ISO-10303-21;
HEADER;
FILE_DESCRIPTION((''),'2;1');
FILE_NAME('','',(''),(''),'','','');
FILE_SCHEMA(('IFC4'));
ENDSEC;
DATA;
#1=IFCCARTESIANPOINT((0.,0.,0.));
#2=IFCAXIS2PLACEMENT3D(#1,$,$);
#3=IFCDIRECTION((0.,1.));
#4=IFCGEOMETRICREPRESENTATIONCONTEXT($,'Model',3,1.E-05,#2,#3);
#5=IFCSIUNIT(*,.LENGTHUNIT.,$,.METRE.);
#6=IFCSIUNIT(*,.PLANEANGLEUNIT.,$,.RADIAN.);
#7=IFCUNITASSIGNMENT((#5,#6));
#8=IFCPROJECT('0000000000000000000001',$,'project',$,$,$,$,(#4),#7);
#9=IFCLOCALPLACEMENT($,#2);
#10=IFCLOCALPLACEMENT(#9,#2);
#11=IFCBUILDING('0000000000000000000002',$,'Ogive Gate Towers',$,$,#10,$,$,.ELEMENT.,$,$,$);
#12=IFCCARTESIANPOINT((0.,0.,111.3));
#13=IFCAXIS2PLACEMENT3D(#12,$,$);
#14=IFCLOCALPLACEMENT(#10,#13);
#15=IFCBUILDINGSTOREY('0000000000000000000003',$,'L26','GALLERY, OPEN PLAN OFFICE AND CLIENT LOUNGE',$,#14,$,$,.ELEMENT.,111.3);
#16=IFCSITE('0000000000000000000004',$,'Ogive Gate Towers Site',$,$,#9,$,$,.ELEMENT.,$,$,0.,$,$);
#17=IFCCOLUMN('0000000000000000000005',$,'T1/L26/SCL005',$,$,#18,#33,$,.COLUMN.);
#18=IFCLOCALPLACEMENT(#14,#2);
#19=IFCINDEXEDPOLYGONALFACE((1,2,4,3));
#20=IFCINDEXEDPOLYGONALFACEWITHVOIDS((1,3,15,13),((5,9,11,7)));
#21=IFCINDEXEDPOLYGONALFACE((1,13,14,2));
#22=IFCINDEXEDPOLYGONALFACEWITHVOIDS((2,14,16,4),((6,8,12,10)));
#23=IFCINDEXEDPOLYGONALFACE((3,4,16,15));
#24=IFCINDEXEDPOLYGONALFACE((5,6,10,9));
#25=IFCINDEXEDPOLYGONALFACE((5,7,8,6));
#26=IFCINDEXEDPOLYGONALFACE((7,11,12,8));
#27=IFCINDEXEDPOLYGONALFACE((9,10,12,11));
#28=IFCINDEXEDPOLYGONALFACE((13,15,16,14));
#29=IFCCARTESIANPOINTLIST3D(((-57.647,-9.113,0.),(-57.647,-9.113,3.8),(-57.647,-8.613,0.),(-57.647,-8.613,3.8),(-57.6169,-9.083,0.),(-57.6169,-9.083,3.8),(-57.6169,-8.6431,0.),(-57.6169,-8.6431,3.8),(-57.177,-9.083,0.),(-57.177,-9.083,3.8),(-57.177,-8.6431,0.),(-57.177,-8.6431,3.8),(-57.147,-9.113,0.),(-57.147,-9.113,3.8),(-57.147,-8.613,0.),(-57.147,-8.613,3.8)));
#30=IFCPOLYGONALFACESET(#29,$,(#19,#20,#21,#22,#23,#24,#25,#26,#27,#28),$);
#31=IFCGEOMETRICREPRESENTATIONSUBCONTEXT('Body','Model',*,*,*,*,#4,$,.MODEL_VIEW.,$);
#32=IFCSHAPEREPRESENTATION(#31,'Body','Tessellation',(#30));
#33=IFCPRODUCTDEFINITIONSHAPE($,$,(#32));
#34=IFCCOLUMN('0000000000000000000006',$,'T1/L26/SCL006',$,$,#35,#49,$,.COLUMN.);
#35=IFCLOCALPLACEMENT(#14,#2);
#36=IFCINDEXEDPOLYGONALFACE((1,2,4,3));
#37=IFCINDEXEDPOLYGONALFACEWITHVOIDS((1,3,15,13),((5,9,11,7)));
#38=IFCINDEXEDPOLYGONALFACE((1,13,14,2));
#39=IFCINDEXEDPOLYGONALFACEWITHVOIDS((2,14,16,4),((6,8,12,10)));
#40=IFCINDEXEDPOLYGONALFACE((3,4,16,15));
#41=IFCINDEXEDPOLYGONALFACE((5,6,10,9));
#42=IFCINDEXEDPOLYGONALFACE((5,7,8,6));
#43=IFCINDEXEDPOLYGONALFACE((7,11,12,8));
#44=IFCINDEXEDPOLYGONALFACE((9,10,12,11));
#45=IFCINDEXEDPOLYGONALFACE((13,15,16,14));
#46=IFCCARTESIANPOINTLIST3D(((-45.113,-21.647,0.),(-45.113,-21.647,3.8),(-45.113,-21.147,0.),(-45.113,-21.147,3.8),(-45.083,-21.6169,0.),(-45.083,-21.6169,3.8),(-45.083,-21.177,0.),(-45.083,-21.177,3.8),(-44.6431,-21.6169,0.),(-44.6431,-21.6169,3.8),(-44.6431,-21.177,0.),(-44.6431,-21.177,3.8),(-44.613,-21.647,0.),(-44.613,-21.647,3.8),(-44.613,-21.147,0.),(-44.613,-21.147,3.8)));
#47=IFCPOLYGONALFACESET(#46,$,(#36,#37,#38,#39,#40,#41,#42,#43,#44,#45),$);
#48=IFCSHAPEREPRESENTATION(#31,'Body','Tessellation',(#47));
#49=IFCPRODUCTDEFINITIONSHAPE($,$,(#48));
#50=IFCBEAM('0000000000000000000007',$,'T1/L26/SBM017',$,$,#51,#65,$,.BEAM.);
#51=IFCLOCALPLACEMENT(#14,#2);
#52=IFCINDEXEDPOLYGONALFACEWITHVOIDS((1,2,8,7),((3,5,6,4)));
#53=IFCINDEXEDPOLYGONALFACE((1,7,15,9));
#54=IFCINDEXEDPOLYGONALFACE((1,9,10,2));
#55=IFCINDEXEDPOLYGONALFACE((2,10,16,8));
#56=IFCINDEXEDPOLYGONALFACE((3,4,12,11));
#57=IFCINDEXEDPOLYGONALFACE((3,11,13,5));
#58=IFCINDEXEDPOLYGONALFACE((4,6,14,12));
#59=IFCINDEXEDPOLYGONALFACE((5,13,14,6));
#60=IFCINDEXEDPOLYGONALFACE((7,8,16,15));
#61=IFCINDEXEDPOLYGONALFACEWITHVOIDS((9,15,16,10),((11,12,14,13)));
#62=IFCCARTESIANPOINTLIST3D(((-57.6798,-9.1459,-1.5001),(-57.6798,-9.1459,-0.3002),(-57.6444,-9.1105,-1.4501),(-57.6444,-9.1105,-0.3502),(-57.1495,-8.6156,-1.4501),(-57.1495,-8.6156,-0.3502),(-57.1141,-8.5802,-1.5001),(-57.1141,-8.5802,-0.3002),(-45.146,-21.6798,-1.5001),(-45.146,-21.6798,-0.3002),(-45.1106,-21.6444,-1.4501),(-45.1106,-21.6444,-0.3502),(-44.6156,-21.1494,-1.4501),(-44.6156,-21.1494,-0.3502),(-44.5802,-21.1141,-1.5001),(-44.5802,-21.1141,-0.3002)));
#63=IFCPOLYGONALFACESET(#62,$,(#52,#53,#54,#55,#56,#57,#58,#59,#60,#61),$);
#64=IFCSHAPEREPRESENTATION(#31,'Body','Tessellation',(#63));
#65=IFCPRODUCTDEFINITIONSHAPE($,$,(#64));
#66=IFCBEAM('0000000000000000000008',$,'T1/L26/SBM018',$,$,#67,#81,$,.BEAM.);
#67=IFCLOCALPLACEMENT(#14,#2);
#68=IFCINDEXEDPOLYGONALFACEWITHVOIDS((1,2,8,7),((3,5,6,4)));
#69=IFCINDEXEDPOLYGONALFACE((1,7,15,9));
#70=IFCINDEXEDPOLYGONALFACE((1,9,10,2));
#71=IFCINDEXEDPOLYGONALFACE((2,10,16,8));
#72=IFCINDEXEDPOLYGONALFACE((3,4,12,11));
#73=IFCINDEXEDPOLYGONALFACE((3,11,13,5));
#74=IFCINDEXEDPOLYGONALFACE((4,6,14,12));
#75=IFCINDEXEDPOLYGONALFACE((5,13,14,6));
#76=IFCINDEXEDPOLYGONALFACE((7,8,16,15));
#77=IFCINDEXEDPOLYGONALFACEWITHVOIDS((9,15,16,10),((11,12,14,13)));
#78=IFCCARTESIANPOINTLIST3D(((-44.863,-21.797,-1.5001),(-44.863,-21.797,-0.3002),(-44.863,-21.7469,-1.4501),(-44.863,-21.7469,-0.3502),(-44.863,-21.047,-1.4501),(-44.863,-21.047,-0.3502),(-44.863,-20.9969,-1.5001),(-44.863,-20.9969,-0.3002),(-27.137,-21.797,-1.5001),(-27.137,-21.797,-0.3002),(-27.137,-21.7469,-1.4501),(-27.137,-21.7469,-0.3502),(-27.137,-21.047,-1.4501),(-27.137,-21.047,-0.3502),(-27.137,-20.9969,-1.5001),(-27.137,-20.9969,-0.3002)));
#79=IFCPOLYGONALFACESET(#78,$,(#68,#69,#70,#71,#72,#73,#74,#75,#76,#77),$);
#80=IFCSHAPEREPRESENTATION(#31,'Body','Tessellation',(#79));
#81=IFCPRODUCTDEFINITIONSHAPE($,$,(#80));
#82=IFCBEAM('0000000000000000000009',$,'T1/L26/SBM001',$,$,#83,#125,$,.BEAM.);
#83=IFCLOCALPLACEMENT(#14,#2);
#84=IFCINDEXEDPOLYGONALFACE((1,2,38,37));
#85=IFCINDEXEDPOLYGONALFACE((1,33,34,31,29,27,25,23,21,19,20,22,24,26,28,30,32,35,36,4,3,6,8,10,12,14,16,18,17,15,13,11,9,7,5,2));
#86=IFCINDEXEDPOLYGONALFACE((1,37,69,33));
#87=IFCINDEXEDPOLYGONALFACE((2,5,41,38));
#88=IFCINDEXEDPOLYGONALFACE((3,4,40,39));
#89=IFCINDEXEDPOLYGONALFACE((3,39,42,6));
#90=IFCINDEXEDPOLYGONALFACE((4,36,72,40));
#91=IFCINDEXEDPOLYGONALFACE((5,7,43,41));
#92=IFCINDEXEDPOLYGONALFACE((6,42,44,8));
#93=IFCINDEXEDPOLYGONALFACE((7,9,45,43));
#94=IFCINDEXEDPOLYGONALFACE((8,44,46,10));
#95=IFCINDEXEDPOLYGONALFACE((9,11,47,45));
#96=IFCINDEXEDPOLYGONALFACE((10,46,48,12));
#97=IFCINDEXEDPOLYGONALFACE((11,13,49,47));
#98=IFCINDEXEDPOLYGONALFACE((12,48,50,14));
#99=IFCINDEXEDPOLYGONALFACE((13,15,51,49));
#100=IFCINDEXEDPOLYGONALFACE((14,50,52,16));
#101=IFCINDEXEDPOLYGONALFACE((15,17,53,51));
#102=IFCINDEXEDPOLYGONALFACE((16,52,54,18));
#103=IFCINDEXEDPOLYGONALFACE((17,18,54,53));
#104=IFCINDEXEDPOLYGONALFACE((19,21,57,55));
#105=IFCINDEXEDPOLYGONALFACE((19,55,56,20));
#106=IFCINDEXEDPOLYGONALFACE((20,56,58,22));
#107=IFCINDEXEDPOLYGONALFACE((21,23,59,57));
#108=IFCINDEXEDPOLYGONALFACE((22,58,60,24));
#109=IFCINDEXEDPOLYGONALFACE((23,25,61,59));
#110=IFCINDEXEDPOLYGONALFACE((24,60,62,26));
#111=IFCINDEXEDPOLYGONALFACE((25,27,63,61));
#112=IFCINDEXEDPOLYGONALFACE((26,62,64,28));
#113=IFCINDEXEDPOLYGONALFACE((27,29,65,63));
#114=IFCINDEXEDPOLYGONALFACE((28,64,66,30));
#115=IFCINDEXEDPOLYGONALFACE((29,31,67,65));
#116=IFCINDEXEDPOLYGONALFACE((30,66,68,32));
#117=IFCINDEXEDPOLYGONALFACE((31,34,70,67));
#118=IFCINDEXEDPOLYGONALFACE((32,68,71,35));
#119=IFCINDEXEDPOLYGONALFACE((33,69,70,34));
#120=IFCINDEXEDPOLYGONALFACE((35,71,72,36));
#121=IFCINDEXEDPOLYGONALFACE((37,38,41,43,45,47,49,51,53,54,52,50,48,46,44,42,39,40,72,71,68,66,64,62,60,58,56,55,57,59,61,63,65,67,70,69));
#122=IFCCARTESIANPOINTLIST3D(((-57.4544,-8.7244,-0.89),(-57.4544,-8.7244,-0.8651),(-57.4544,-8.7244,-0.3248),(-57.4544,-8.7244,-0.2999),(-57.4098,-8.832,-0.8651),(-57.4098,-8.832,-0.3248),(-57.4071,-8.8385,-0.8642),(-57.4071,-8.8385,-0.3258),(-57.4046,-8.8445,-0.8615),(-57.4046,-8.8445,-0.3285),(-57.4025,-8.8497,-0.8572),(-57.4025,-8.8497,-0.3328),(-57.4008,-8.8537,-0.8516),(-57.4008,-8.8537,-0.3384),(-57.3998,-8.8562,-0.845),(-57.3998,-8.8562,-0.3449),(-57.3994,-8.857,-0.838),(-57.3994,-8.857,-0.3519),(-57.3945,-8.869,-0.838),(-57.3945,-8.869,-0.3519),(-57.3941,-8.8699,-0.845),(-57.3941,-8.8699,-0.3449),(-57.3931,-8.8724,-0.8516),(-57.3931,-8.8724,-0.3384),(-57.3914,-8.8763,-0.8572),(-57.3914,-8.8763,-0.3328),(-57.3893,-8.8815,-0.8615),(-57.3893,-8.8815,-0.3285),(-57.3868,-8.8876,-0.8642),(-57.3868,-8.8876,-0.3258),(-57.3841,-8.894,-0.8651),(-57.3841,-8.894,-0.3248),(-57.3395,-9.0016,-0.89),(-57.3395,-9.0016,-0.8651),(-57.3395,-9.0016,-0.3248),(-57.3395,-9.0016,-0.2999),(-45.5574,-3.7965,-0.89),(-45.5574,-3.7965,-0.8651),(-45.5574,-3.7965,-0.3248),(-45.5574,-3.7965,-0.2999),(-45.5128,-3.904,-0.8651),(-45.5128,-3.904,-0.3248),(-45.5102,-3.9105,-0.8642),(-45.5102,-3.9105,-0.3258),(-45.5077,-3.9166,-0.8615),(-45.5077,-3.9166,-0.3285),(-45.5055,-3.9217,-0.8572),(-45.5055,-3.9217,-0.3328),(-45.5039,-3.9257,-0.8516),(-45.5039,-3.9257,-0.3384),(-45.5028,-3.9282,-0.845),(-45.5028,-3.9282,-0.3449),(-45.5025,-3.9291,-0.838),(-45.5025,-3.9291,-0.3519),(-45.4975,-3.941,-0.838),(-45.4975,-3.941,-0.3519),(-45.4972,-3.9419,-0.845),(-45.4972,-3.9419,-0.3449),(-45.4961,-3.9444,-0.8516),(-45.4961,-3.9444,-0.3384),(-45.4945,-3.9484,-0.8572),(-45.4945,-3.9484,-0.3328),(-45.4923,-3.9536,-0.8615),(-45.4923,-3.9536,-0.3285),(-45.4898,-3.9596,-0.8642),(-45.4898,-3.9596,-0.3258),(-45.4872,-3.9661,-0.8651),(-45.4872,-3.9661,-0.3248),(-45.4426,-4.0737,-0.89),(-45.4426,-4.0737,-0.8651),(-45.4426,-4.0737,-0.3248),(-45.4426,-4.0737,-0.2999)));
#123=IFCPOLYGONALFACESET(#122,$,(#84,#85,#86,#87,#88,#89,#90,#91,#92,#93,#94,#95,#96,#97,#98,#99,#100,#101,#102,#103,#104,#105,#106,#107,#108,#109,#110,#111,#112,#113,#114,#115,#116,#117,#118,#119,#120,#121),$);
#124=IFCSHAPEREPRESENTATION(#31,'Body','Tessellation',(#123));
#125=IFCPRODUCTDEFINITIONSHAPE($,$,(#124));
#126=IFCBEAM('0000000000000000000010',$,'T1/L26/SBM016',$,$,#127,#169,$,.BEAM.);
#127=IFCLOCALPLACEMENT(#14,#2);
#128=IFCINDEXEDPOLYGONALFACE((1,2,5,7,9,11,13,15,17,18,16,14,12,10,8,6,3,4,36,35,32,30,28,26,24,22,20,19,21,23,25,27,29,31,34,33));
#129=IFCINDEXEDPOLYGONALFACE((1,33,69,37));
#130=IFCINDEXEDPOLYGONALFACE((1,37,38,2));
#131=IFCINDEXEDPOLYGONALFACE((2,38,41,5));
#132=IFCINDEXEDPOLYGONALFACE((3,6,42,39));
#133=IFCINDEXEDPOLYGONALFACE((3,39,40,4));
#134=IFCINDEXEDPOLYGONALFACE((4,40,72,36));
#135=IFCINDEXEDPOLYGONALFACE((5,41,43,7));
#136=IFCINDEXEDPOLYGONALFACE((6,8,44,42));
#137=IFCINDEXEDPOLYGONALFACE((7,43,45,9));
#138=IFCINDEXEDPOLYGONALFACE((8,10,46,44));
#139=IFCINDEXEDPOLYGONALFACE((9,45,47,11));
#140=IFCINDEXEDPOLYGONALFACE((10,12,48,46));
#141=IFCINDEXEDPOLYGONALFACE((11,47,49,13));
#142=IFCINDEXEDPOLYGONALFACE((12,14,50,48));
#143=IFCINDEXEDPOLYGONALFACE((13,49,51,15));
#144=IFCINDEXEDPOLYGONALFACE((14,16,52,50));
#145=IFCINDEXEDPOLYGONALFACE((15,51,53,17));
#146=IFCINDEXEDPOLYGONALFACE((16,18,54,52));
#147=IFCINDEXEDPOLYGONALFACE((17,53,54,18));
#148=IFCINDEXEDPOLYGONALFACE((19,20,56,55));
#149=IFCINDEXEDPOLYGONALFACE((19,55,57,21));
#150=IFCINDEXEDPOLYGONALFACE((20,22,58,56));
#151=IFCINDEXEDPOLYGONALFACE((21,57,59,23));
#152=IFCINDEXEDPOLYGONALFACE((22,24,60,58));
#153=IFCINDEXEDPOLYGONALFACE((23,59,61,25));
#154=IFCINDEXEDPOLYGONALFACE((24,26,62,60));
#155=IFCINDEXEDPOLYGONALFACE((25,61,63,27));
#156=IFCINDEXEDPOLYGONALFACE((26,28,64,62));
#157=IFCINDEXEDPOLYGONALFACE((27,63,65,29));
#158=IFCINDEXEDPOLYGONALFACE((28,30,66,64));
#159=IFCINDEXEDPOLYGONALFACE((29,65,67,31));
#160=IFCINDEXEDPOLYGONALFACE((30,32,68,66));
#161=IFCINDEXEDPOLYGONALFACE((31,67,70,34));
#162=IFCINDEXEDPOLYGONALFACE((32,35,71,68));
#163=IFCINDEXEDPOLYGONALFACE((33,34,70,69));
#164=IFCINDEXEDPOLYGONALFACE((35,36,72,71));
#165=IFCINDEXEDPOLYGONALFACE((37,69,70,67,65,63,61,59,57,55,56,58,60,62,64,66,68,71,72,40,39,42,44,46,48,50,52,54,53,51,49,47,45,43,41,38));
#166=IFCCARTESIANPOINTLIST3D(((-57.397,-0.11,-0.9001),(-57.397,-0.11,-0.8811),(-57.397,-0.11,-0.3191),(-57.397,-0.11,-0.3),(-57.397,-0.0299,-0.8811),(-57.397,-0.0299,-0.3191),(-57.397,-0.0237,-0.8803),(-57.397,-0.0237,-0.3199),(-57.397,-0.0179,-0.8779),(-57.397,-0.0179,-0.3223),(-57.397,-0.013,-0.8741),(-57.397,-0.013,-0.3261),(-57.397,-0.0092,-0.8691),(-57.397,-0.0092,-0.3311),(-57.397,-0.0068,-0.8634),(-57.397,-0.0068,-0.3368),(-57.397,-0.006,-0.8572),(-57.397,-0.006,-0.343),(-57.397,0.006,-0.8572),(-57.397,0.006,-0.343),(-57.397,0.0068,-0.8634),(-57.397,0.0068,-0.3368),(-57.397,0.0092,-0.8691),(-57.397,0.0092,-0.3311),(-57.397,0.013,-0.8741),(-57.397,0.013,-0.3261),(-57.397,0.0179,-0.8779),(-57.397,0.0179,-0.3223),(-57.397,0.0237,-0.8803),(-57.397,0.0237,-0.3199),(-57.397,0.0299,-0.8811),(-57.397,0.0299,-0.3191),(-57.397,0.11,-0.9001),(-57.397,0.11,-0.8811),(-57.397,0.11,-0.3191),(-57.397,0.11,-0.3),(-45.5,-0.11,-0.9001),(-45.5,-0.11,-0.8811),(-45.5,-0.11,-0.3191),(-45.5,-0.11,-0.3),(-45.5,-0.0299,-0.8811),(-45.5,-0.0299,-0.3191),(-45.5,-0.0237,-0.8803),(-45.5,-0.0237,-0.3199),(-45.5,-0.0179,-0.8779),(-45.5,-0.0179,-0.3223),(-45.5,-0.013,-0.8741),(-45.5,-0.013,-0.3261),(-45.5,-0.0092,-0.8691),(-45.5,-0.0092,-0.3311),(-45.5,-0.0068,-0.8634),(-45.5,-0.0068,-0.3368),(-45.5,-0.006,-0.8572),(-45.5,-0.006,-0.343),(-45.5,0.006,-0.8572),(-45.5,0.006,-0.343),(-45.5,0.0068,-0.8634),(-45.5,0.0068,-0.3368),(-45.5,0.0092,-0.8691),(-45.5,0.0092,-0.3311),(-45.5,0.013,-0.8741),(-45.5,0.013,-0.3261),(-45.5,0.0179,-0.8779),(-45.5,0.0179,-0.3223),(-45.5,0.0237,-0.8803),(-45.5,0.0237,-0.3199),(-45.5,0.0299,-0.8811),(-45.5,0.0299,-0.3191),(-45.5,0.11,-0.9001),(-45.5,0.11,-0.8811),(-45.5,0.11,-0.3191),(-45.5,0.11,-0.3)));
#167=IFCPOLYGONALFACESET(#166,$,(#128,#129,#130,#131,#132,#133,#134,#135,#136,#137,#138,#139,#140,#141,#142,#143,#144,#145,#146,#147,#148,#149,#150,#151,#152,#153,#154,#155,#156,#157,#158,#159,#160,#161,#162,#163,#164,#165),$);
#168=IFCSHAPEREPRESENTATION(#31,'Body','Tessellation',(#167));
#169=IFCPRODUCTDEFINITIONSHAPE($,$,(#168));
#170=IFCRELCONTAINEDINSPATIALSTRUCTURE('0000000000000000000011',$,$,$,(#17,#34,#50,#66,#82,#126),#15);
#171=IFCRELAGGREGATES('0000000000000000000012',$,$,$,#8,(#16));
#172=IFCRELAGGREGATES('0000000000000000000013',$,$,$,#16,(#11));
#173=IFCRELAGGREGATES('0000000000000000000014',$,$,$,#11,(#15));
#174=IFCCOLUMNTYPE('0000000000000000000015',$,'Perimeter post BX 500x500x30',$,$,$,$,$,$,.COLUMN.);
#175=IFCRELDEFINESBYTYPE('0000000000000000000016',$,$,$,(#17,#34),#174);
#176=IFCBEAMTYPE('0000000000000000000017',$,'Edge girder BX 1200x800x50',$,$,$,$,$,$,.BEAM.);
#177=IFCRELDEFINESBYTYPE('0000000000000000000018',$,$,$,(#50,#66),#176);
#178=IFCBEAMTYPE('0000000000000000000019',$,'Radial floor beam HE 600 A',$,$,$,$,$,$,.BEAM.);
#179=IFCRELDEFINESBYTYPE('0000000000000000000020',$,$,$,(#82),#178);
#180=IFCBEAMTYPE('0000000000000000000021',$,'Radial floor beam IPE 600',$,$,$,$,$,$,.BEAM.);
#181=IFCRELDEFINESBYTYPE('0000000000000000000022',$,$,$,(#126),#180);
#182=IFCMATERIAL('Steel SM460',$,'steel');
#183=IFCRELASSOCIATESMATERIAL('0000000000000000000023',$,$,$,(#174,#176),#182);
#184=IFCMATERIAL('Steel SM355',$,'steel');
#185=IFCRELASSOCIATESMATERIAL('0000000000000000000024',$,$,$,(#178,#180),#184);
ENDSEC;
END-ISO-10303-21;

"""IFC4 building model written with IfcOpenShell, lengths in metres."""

from ifc_helpers import new_model, si_unit, direction, frame, origin, origin_2d, place, context, subcontext, project, spatial, hollow_rectangle, i_section, extrude, material, material_profile, profile_set, type_object, element, save


model = new_model("IFC4")

# Units and contexts
model_context = context("Model", 3, precision=1e-05, world=origin(), true_north=direction((0.0, 1.0)))
body_context = subcontext(model_context, "Body", "Model", "MODEL_VIEW")
ifc_project = project(units=[si_unit("LENGTHUNIT", "METRE"), si_unit("PLANEANGLEUNIT", "RADIAN")], contexts=[model_context])

# Site, building, storey
site_placement = place(None, origin())
site = spatial("IfcSite", under=ifc_project, at=site_placement, Name="Ogive Gate Towers Site", CompositionType="ELEMENT", RefElevation=0.0)
building_placement = place(site_placement, origin())
building = spatial("IfcBuilding", under=site, at=building_placement, Name="Ogive Gate Towers", CompositionType="ELEMENT")
storey_placement = place(building_placement, frame((0.0, 0.0, 111.3)))
storey = spatial("IfcBuildingStorey", under=building, at=storey_placement, Name="L26", Description="GALLERY, OPEN PLAN OFFICE AND CLIENT LOUNGE", CompositionType="ELEMENT", Elevation=111.3)

# Columns
ifc_material_1 = material(Name="Steel SM460", Category="steel")
ifc_material_profile_1 = material_profile(ifc_material_1, hollow_rectangle(XDim=0.5, YDim=0.5, WallThickness=0.03, at=origin_2d()), Name="BX 500x500x30")
ifc_profile_set_1 = profile_set([ifc_material_profile_1], Name="Steel SM460")
column_type = type_object("IfcColumnType", Name="Perimeter post BX 500x500x30", PredefinedType="COLUMN", material=ifc_profile_set_1)
for number, where, z_axis, x_axis, name in (
    (1, (-57.397, -8.863, 0.0), (0.0, 0.0, 1.0), (1.0, 0.0, 0.0), "T1/L26/SCL005"),
    (2, (-44.863, -21.397, 0.0), (0.0, 0.0, 1.0), (1.0, 0.0, 0.0), "T1/L26/SCL006"),
):
    element("IfcColumn", number, at=place(storey_placement, frame(where, z_axis=z_axis, x_axis=x_axis)), inside=storey, type_object=column_type, Name=name, PredefinedType="COLUMN", context=body_context, shape_type="SweptSolid", body=[
        extrude(hollow_rectangle(XDim=0.5, YDim=0.5, WallThickness=0.03, at=origin_2d()), origin(), (0.0, 0.0, 1.0), 3.8),
    ])

# Beams
ifc_material_profile_2 = material_profile(ifc_material_1, hollow_rectangle(XDim=0.8, YDim=1.2, WallThickness=0.05, at=origin_2d()), Name="BX 1200x800x50")
ifc_profile_set_2 = profile_set([ifc_material_profile_2], Name="Steel SM460")
beam_type_1 = type_object("IfcBeamType", Name="Edge girder BX 1200x800x50", PredefinedType="BEAM", material=ifc_profile_set_2)
beam_1_placement = place(storey_placement, frame((-57.397, -8.863, -0.9001), z_axis=(0.707107, -0.707107, 0.0), x_axis=(0.707107, 0.707107, 0.0)))
element("IfcBeam", 3, at=beam_1_placement, inside=storey, type_object=beam_type_1, Name="T1/L26/SBM017", PredefinedType="BEAM", context=body_context, shape_type="SweptSolid", body=[
    extrude(hollow_rectangle(XDim=0.8, YDim=1.2, WallThickness=0.05, at=origin_2d()), origin(), (0.0, 0.0, 1.0), 17.7256),
])
beam_2_placement = place(storey_placement, frame((-44.863, -21.397, -0.9001), z_axis=(1.0, 0.0, 0.0), x_axis=(0.0, 1.0, 0.0)))
element("IfcBeam", 4, at=beam_2_placement, inside=storey, type_object=beam_type_1, Name="T1/L26/SBM018", PredefinedType="BEAM", context=body_context, shape_type="SweptSolid", body=[
    extrude(hollow_rectangle(XDim=0.8, YDim=1.2, WallThickness=0.05, at=origin_2d()), origin(), (0.0, 0.0, 1.0), 17.7261),
])
ifc_material_2 = material(Name="Steel SM355", Category="steel")
ifc_material_profile_3 = material_profile(ifc_material_2, i_section(OverallWidth=0.3, OverallDepth=0.5901, WebThickness=0.0129, FlangeThickness=0.0249, FilletRadius=0.0271, at=origin_2d()), Name="HE 600 A")
ifc_profile_set_3 = profile_set([ifc_material_profile_3], Name="Steel SM355")
beam_type_2 = type_object("IfcBeamType", Name="Radial floor beam HE 600 A", PredefinedType="BEAM", material=ifc_profile_set_3)
beam_3_placement = place(storey_placement, frame((-45.5, -3.9351, -0.595), z_axis=(-0.923877, -0.382689, 0.0), x_axis=(0.382689, -0.923877, 0.0)))
element("IfcBeam", 5, at=beam_3_placement, inside=storey, type_object=beam_type_2, Name="T1/L26/SBM001", PredefinedType="BEAM", context=body_context, shape_type="SweptSolid", body=[
    extrude(i_section(OverallWidth=0.3, OverallDepth=0.5901, WebThickness=0.0129, FlangeThickness=0.0249, FilletRadius=0.0271, at=origin_2d()), origin(), (0.0, 0.0, 1.0), 12.8772),
])
ifc_material_profile_4 = material_profile(ifc_material_2, i_section(OverallWidth=0.22, OverallDepth=0.6001, WebThickness=0.012, FlangeThickness=0.019, FilletRadius=0.0239, at=origin_2d()), Name="IPE 600")
ifc_profile_set_4 = profile_set([ifc_material_profile_4], Name="Steel SM355")
beam_type_3 = type_object("IfcBeamType", Name="Radial floor beam IPE 600", PredefinedType="BEAM", material=ifc_profile_set_4)
beam_4_placement = place(storey_placement, frame((-45.5, 0.0, -0.6001), z_axis=(-1.0, 0.0, 0.0), x_axis=(0.0, -1.0, 0.0)))
element("IfcBeam", 6, at=beam_4_placement, inside=storey, type_object=beam_type_3, Name="T1/L26/SBM016", PredefinedType="BEAM", context=body_context, shape_type="SweptSolid", body=[
    extrude(i_section(OverallWidth=0.22, OverallDepth=0.6001, WebThickness=0.012, FlangeThickness=0.019, FilletRadius=0.0239, at=origin_2d()), origin(), (0.0, 0.0, 1.0), 11.897),
])

save(model, "model.ifc")
